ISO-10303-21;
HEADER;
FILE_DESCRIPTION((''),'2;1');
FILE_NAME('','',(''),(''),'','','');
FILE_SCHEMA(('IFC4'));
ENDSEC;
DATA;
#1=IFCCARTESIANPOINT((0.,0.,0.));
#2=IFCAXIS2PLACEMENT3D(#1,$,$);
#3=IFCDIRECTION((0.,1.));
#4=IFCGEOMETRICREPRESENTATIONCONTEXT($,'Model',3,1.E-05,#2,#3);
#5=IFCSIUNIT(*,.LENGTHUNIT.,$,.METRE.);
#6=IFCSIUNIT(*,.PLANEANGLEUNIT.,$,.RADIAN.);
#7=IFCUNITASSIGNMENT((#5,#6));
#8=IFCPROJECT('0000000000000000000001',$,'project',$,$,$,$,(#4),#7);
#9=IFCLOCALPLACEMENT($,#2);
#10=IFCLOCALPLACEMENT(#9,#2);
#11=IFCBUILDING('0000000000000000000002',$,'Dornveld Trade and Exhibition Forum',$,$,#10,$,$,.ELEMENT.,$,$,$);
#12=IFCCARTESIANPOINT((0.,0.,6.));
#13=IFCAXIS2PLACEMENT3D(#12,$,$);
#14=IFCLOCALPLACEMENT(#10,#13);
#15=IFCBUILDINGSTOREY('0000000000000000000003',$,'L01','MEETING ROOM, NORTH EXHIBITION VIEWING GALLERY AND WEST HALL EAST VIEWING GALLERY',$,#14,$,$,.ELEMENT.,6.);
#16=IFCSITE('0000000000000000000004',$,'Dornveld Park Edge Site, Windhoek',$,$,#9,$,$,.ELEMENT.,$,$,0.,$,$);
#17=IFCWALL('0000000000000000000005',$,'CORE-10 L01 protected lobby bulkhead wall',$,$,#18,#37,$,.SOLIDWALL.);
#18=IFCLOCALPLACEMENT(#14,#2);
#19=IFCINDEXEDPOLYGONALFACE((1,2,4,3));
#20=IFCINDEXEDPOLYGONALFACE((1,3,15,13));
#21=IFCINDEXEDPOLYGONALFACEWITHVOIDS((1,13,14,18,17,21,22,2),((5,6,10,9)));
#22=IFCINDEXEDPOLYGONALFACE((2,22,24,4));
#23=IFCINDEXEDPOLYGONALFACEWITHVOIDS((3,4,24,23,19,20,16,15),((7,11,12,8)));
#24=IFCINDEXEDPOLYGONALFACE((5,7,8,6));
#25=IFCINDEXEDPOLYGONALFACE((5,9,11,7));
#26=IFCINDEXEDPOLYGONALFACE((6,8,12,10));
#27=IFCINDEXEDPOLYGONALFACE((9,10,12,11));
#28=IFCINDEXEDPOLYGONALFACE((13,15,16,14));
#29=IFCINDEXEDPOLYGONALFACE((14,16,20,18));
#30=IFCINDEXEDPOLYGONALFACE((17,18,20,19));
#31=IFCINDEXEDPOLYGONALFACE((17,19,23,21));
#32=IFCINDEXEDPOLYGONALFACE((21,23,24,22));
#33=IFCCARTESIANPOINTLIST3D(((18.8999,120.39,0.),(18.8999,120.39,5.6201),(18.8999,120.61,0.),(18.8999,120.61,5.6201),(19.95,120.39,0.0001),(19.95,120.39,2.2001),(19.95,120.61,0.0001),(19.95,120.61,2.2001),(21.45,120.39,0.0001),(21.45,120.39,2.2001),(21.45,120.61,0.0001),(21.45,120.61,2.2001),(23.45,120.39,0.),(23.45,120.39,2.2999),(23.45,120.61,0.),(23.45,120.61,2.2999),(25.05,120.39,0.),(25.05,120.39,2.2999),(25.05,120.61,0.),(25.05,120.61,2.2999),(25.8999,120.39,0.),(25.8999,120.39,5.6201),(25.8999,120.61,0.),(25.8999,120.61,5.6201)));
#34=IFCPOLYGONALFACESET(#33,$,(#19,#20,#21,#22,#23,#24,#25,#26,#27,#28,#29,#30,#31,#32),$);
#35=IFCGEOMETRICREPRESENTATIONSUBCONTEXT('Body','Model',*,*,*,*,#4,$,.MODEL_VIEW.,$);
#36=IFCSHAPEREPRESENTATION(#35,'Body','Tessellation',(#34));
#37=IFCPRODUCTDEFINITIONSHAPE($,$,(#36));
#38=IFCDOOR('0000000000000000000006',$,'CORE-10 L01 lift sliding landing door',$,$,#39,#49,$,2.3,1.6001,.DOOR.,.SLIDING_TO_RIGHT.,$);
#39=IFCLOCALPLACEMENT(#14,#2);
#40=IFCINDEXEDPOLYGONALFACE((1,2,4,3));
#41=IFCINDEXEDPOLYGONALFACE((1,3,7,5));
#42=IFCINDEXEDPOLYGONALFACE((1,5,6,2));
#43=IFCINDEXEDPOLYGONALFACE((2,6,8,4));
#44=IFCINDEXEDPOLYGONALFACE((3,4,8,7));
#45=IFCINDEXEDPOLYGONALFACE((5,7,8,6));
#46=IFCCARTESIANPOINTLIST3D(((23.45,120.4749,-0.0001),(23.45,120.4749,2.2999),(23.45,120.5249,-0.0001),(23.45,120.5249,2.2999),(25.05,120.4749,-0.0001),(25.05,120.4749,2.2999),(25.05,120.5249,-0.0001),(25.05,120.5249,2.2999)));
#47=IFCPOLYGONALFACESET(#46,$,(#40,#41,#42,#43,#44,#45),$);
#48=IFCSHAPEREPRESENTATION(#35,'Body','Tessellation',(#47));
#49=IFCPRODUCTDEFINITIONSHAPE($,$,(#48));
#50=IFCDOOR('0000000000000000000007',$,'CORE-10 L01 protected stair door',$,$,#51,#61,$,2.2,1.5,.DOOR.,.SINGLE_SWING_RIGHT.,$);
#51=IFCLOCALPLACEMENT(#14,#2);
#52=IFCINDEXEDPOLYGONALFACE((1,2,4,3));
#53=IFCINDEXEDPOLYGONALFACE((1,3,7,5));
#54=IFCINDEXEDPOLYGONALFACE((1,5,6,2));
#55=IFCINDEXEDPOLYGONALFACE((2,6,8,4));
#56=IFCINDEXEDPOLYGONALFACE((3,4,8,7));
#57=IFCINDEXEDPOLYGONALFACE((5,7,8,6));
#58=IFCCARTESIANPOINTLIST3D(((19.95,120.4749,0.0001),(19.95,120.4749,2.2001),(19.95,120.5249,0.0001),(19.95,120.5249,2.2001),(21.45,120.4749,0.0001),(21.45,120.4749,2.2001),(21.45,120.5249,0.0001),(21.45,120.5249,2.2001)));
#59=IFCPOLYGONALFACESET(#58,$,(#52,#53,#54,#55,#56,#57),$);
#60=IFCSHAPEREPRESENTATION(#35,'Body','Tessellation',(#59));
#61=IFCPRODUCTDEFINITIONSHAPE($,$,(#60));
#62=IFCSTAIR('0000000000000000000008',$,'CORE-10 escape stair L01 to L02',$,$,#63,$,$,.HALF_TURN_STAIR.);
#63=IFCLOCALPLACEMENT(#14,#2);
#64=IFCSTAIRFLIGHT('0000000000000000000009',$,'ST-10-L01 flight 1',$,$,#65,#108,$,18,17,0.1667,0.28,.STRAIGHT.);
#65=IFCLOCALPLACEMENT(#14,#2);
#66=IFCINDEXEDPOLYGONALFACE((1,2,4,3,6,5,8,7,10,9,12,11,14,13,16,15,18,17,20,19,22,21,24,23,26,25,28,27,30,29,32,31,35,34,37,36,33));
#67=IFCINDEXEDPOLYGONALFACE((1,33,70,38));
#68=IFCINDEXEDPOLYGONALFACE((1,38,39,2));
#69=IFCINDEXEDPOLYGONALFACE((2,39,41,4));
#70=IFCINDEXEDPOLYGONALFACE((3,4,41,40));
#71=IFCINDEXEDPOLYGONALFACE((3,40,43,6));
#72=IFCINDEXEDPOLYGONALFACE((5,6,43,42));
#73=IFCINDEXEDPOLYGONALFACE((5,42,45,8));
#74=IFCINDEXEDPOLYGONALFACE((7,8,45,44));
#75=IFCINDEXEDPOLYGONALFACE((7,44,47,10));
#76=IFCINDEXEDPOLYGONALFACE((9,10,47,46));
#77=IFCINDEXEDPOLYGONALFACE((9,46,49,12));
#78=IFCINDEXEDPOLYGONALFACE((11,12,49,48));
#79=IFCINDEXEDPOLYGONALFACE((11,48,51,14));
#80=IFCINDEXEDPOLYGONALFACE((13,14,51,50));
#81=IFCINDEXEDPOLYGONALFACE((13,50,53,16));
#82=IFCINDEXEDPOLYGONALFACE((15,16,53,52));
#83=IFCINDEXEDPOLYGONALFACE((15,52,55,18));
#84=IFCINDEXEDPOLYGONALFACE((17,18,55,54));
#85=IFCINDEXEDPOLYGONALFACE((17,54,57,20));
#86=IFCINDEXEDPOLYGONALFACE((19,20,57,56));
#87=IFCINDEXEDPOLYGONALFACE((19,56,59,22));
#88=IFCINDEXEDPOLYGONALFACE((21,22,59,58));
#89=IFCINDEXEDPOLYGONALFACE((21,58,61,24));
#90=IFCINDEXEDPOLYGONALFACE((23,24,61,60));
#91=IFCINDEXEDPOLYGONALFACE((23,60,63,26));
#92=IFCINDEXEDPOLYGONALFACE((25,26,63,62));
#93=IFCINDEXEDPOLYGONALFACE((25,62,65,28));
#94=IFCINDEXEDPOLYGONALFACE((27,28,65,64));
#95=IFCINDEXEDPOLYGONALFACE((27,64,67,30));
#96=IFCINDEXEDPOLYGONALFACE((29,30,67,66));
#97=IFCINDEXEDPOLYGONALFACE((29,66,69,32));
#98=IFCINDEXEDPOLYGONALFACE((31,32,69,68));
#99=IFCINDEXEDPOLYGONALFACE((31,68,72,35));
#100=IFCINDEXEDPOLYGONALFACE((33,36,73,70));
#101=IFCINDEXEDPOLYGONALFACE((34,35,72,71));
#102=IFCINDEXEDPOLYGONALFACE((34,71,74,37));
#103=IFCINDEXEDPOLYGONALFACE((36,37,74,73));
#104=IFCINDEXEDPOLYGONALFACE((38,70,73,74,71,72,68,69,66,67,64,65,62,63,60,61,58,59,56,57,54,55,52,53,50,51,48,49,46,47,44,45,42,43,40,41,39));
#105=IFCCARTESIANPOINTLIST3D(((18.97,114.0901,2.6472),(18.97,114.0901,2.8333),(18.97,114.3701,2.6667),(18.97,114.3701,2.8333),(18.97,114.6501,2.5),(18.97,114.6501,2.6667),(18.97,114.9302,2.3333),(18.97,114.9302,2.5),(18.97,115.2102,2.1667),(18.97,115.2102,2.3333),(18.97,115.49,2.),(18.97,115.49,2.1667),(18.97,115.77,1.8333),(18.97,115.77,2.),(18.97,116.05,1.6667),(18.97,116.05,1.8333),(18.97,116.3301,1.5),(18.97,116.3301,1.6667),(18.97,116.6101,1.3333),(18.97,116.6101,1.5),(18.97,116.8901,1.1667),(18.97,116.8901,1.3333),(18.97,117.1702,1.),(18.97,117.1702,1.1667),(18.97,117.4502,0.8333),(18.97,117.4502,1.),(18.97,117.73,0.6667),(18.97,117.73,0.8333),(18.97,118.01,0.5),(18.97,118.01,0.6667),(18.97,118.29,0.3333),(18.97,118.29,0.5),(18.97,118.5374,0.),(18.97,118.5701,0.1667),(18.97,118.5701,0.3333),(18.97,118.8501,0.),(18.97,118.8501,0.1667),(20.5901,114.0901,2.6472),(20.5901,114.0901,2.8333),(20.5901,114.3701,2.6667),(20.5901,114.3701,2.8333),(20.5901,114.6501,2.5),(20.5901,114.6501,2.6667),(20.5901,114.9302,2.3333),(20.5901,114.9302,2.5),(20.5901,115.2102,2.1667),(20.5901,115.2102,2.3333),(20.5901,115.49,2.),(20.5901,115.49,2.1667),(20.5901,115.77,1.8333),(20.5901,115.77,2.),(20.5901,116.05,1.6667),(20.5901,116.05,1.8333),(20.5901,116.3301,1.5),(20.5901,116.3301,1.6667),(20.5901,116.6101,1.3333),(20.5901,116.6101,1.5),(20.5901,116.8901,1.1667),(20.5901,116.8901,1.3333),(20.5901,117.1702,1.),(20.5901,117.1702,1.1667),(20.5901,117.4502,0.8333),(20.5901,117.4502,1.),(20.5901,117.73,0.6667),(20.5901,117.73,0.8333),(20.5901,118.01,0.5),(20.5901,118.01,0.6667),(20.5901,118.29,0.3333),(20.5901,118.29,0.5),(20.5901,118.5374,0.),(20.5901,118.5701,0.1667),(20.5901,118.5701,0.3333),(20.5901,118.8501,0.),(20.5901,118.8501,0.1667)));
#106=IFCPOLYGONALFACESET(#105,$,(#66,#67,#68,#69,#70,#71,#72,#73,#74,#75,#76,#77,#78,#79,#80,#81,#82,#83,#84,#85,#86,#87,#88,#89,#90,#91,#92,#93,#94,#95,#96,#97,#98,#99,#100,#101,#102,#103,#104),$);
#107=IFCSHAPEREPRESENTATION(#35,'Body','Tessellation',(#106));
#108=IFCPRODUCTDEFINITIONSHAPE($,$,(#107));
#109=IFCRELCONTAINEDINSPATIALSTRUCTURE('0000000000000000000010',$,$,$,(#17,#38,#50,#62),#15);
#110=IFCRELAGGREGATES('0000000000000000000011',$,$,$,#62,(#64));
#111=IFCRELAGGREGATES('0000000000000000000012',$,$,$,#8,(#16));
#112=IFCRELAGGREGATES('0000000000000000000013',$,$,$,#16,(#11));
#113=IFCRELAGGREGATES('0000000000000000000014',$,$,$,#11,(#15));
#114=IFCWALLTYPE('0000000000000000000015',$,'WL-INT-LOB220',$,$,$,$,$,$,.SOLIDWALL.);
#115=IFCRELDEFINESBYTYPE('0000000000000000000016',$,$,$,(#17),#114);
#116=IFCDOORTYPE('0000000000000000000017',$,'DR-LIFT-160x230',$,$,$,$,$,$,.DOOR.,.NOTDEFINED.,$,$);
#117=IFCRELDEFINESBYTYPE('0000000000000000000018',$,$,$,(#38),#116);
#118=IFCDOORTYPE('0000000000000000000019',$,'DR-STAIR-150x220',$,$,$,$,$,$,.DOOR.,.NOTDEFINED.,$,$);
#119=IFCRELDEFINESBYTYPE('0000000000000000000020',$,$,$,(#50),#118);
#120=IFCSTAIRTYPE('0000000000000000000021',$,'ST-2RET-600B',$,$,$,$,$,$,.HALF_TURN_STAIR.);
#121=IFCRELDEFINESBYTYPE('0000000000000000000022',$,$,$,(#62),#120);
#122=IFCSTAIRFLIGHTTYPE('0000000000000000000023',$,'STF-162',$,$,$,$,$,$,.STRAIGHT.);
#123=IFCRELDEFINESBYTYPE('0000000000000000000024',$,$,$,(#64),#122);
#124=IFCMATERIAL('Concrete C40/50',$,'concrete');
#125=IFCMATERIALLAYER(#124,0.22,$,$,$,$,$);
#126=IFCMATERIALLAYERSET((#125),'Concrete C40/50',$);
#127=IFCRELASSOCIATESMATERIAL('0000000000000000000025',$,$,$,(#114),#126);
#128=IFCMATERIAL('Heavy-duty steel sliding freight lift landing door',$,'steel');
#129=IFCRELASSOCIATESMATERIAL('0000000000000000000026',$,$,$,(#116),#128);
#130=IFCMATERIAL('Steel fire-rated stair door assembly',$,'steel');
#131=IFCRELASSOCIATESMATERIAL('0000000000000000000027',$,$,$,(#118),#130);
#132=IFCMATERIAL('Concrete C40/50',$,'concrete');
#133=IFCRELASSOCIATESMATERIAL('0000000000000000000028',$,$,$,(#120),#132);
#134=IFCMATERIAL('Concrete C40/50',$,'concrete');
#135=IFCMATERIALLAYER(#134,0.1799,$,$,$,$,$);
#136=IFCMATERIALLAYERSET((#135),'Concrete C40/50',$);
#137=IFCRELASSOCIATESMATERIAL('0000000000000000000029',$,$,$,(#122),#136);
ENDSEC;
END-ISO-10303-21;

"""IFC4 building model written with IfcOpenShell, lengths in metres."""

from ifc_helpers import new_model, si_unit, direction, frame, frame_2d, origin, place, context, subcontext, project, spatial, polyline, rectangle, outline, extrude, material, layer, layer_set, type_object, element, fill, aggregate, save


model = new_model("IFC4")

# Units and contexts
model_context = context("Model", 3, precision=1e-05, world=origin(), true_north=direction((0.0, 1.0)))
body_context = subcontext(model_context, "Body", "Model", "MODEL_VIEW")
ifc_project = project(units=[si_unit("LENGTHUNIT", "METRE"), si_unit("PLANEANGLEUNIT", "RADIAN")], contexts=[model_context])

# Site, building, storey
site_placement = place(None, origin())
site = spatial("IfcSite", under=ifc_project, at=site_placement, Name="Dornveld Park Edge Site, Windhoek", CompositionType="ELEMENT", RefElevation=0.0)
building_placement = place(site_placement, origin())
building = spatial("IfcBuilding", under=site, at=building_placement, Name="Dornveld Trade and Exhibition Forum", CompositionType="ELEMENT")
storey_placement = place(building_placement, frame((0.0, 0.0, 6.0)))
storey = spatial("IfcBuildingStorey", under=building, at=storey_placement, Name="L01", Description="MEETING ROOM, NORTH EXHIBITION VIEWING GALLERY AND WEST HALL EAST VIEWING GALLERY", CompositionType="ELEMENT", Elevation=6.0)

# Wall, openings, doors
ifc_material_1 = material(Name="Concrete C40/50", Category="concrete")
ifc_layer_1 = layer(ifc_material_1, 0.22)
ifc_layer_set_1 = layer_set([ifc_layer_1], Name="Concrete C40/50")
wall_type_1 = type_object("IfcWallType", Name="WL-INT-LOB220", PredefinedType="SOLIDWALL", material=ifc_layer_set_1)
wall_1_placement = place(storey_placement, frame((18.8999, 120.5, 0.0), z_axis=(0.0, 0.0, 1.0), x_axis=(1.0, 0.0, 0.0)))
wall_1 = element("IfcWall", 1, at=wall_1_placement, inside=storey, type_object=wall_type_1, Name="CORE-10 L01 protected lobby bulkhead wall", PredefinedType="SOLIDWALL", context=body_context, shape_type="SweptSolid", body=[
    extrude(rectangle(XDim=7.0, YDim=0.22, at=frame_2d((3.5, 0.0))), origin(), (0.0, 0.0, 1.0), 5.6201),
])
opening_1_placement = place(wall_1_placement, frame((1.05, 0.0, 0.0)))
opening_1 = element("IfcOpeningElement", 2, at=opening_1_placement, cuts=wall_1, PredefinedType="OPENING", context=body_context, shape_type="SweptSolid", body=[
    extrude(rectangle(XDim=1.5, YDim=2.2, at=frame_2d((0.75, 1.1001))), frame((0.0, 0.1199, 0.0), z_axis=(0.0, -1.0, 0.0), x_axis=(1.0, 0.0, 0.0)), (0.0, 0.0, 1.0), 0.24),
])
opening_2_placement = place(wall_1_placement, frame((4.55, 0.0, 0.0)))
opening_2 = element("IfcOpeningElement", 3, at=opening_2_placement, cuts=wall_1, PredefinedType="OPENING", context=body_context, shape_type="SweptSolid", body=[
    extrude(rectangle(XDim=1.6001, YDim=2.3, at=frame_2d((0.8, 1.1499))), frame((0.0, 0.1199, 0.0), z_axis=(0.0, -1.0, 0.0), x_axis=(1.0, 0.0, 0.0)), (0.0, 0.0, 1.0), 0.24),
])
ifc_material_2 = material(Name="Heavy-duty steel sliding freight lift landing door", Category="steel")
door_type_1 = type_object("IfcDoorType", Name="DR-LIFT-160x230", OperationType="NOTDEFINED", PredefinedType="DOOR", material=ifc_material_2)
door_1_placement = place(opening_2_placement, origin())
door_1 = element("IfcDoor", 4, at=door_1_placement, inside=storey, type_object=door_type_1, Name="CORE-10 L01 lift sliding landing door", OperationType="SLIDING_TO_RIGHT", OverallHeight=2.3, OverallWidth=1.6001, PredefinedType="DOOR", context=body_context, shape_type="SweptSolid", body=[
    extrude(rectangle(XDim=1.6001, YDim=2.3, at=frame_2d((0.8, 1.1499))), frame((0.0, 0.0249, 0.0), z_axis=(0.0, -1.0, 0.0), x_axis=(1.0, 0.0, 0.0)), (0.0, 0.0, 1.0), 0.05),
])
fill(opening_2, door_1)
ifc_material_3 = material(Name="Steel fire-rated stair door assembly", Category="steel")
door_type_2 = type_object("IfcDoorType", Name="DR-STAIR-150x220", OperationType="NOTDEFINED", PredefinedType="DOOR", material=ifc_material_3)
door_2_placement = place(opening_1_placement, origin())
door_2 = element("IfcDoor", 5, at=door_2_placement, inside=storey, type_object=door_type_2, Name="CORE-10 L01 protected stair door", OperationType="SINGLE_SWING_RIGHT", OverallHeight=2.2, OverallWidth=1.5, PredefinedType="DOOR", context=body_context, shape_type="SweptSolid", body=[
    extrude(rectangle(XDim=1.5, YDim=2.2, at=frame_2d((0.75, 1.1001))), frame((0.0, 0.0249, 0.0), z_axis=(0.0, -1.0, 0.0), x_axis=(1.0, 0.0, 0.0)), (0.0, 0.0, 1.0), 0.05),
])
fill(opening_1, door_2)

# Stair, stair flight
ifc_material_4 = material(Name="Concrete C40/50", Category="concrete")
stair_type = type_object("IfcStairType", Name="ST-2RET-600B", PredefinedType="HALF_TURN_STAIR", material=ifc_material_4)
stair_placement = place(storey_placement, origin())
stair = element("IfcStair", 6, at=stair_placement, inside=storey, type_object=stair_type, Name="CORE-10 escape stair L01 to L02", PredefinedType="HALF_TURN_STAIR")
ifc_material_5 = material(Name="Concrete C40/50", Category="concrete")
ifc_layer_2 = layer(ifc_material_5, 0.1799)
ifc_layer_set_2 = layer_set([ifc_layer_2], Name="Concrete C40/50")
stair_flight_type = type_object("IfcStairFlightType", Name="STF-162", PredefinedType="STRAIGHT", material=ifc_layer_set_2)
stair_flight_placement = place(storey_placement, frame((19.78, 118.8501, 0.0), z_axis=(0.0, 0.0, 1.0), x_axis=(0.0, -1.0, 0.0)))
stair_flight = element("IfcStairFlight", 7, at=stair_flight_placement, type_object=stair_flight_type, Name="ST-10-L01 flight 1", NumberOfRisers=18, NumberOfTreads=17, PredefinedType="STRAIGHT", RiserHeight=0.1667, TreadLength=0.28, context=body_context, shape_type="SweptSolid", body=[
    extrude(outline(polyline([(0.0, 0.0), (0.0, 0.1667), (0.28, 0.1667), (0.28, 0.3333), (0.5601, 0.3333), (0.5601, 0.5), (0.8401, 0.5), (0.8401, 0.6667), (1.1201, 0.6667), (1.1201, 0.8333), (1.3999, 0.8333), (1.3999, 1.0), (1.6799, 1.0), (1.6799, 1.1667), (1.96, 1.1667), (1.96, 1.3333), (2.24, 1.3333), (2.24, 1.5), (2.52, 1.5), (2.52, 1.6667), (2.8, 1.6667), (2.8, 1.8333), (3.0801, 1.8333), (3.0801, 2.0), (3.3601, 2.0), (3.3601, 2.1667), (3.6399, 2.1667), (3.6399, 2.3333), (3.9199, 2.3333), (3.9199, 2.5), (4.2, 2.5), (4.2, 2.6667), (4.48, 2.6667), (4.48, 2.8333), (4.76, 2.8333), (4.76, 3.0), (4.76, 2.6472), (0.3127, 0.0), (0.0, 0.0)])), frame((0.0, 0.8101, 0.0), z_axis=(0.0, -1.0, 0.0), x_axis=(1.0, 0.0, 0.0)), (0.0, 0.0, 1.0), 1.6201),
])
aggregate(stair, [stair_flight])

save(model, "model.ifc")
